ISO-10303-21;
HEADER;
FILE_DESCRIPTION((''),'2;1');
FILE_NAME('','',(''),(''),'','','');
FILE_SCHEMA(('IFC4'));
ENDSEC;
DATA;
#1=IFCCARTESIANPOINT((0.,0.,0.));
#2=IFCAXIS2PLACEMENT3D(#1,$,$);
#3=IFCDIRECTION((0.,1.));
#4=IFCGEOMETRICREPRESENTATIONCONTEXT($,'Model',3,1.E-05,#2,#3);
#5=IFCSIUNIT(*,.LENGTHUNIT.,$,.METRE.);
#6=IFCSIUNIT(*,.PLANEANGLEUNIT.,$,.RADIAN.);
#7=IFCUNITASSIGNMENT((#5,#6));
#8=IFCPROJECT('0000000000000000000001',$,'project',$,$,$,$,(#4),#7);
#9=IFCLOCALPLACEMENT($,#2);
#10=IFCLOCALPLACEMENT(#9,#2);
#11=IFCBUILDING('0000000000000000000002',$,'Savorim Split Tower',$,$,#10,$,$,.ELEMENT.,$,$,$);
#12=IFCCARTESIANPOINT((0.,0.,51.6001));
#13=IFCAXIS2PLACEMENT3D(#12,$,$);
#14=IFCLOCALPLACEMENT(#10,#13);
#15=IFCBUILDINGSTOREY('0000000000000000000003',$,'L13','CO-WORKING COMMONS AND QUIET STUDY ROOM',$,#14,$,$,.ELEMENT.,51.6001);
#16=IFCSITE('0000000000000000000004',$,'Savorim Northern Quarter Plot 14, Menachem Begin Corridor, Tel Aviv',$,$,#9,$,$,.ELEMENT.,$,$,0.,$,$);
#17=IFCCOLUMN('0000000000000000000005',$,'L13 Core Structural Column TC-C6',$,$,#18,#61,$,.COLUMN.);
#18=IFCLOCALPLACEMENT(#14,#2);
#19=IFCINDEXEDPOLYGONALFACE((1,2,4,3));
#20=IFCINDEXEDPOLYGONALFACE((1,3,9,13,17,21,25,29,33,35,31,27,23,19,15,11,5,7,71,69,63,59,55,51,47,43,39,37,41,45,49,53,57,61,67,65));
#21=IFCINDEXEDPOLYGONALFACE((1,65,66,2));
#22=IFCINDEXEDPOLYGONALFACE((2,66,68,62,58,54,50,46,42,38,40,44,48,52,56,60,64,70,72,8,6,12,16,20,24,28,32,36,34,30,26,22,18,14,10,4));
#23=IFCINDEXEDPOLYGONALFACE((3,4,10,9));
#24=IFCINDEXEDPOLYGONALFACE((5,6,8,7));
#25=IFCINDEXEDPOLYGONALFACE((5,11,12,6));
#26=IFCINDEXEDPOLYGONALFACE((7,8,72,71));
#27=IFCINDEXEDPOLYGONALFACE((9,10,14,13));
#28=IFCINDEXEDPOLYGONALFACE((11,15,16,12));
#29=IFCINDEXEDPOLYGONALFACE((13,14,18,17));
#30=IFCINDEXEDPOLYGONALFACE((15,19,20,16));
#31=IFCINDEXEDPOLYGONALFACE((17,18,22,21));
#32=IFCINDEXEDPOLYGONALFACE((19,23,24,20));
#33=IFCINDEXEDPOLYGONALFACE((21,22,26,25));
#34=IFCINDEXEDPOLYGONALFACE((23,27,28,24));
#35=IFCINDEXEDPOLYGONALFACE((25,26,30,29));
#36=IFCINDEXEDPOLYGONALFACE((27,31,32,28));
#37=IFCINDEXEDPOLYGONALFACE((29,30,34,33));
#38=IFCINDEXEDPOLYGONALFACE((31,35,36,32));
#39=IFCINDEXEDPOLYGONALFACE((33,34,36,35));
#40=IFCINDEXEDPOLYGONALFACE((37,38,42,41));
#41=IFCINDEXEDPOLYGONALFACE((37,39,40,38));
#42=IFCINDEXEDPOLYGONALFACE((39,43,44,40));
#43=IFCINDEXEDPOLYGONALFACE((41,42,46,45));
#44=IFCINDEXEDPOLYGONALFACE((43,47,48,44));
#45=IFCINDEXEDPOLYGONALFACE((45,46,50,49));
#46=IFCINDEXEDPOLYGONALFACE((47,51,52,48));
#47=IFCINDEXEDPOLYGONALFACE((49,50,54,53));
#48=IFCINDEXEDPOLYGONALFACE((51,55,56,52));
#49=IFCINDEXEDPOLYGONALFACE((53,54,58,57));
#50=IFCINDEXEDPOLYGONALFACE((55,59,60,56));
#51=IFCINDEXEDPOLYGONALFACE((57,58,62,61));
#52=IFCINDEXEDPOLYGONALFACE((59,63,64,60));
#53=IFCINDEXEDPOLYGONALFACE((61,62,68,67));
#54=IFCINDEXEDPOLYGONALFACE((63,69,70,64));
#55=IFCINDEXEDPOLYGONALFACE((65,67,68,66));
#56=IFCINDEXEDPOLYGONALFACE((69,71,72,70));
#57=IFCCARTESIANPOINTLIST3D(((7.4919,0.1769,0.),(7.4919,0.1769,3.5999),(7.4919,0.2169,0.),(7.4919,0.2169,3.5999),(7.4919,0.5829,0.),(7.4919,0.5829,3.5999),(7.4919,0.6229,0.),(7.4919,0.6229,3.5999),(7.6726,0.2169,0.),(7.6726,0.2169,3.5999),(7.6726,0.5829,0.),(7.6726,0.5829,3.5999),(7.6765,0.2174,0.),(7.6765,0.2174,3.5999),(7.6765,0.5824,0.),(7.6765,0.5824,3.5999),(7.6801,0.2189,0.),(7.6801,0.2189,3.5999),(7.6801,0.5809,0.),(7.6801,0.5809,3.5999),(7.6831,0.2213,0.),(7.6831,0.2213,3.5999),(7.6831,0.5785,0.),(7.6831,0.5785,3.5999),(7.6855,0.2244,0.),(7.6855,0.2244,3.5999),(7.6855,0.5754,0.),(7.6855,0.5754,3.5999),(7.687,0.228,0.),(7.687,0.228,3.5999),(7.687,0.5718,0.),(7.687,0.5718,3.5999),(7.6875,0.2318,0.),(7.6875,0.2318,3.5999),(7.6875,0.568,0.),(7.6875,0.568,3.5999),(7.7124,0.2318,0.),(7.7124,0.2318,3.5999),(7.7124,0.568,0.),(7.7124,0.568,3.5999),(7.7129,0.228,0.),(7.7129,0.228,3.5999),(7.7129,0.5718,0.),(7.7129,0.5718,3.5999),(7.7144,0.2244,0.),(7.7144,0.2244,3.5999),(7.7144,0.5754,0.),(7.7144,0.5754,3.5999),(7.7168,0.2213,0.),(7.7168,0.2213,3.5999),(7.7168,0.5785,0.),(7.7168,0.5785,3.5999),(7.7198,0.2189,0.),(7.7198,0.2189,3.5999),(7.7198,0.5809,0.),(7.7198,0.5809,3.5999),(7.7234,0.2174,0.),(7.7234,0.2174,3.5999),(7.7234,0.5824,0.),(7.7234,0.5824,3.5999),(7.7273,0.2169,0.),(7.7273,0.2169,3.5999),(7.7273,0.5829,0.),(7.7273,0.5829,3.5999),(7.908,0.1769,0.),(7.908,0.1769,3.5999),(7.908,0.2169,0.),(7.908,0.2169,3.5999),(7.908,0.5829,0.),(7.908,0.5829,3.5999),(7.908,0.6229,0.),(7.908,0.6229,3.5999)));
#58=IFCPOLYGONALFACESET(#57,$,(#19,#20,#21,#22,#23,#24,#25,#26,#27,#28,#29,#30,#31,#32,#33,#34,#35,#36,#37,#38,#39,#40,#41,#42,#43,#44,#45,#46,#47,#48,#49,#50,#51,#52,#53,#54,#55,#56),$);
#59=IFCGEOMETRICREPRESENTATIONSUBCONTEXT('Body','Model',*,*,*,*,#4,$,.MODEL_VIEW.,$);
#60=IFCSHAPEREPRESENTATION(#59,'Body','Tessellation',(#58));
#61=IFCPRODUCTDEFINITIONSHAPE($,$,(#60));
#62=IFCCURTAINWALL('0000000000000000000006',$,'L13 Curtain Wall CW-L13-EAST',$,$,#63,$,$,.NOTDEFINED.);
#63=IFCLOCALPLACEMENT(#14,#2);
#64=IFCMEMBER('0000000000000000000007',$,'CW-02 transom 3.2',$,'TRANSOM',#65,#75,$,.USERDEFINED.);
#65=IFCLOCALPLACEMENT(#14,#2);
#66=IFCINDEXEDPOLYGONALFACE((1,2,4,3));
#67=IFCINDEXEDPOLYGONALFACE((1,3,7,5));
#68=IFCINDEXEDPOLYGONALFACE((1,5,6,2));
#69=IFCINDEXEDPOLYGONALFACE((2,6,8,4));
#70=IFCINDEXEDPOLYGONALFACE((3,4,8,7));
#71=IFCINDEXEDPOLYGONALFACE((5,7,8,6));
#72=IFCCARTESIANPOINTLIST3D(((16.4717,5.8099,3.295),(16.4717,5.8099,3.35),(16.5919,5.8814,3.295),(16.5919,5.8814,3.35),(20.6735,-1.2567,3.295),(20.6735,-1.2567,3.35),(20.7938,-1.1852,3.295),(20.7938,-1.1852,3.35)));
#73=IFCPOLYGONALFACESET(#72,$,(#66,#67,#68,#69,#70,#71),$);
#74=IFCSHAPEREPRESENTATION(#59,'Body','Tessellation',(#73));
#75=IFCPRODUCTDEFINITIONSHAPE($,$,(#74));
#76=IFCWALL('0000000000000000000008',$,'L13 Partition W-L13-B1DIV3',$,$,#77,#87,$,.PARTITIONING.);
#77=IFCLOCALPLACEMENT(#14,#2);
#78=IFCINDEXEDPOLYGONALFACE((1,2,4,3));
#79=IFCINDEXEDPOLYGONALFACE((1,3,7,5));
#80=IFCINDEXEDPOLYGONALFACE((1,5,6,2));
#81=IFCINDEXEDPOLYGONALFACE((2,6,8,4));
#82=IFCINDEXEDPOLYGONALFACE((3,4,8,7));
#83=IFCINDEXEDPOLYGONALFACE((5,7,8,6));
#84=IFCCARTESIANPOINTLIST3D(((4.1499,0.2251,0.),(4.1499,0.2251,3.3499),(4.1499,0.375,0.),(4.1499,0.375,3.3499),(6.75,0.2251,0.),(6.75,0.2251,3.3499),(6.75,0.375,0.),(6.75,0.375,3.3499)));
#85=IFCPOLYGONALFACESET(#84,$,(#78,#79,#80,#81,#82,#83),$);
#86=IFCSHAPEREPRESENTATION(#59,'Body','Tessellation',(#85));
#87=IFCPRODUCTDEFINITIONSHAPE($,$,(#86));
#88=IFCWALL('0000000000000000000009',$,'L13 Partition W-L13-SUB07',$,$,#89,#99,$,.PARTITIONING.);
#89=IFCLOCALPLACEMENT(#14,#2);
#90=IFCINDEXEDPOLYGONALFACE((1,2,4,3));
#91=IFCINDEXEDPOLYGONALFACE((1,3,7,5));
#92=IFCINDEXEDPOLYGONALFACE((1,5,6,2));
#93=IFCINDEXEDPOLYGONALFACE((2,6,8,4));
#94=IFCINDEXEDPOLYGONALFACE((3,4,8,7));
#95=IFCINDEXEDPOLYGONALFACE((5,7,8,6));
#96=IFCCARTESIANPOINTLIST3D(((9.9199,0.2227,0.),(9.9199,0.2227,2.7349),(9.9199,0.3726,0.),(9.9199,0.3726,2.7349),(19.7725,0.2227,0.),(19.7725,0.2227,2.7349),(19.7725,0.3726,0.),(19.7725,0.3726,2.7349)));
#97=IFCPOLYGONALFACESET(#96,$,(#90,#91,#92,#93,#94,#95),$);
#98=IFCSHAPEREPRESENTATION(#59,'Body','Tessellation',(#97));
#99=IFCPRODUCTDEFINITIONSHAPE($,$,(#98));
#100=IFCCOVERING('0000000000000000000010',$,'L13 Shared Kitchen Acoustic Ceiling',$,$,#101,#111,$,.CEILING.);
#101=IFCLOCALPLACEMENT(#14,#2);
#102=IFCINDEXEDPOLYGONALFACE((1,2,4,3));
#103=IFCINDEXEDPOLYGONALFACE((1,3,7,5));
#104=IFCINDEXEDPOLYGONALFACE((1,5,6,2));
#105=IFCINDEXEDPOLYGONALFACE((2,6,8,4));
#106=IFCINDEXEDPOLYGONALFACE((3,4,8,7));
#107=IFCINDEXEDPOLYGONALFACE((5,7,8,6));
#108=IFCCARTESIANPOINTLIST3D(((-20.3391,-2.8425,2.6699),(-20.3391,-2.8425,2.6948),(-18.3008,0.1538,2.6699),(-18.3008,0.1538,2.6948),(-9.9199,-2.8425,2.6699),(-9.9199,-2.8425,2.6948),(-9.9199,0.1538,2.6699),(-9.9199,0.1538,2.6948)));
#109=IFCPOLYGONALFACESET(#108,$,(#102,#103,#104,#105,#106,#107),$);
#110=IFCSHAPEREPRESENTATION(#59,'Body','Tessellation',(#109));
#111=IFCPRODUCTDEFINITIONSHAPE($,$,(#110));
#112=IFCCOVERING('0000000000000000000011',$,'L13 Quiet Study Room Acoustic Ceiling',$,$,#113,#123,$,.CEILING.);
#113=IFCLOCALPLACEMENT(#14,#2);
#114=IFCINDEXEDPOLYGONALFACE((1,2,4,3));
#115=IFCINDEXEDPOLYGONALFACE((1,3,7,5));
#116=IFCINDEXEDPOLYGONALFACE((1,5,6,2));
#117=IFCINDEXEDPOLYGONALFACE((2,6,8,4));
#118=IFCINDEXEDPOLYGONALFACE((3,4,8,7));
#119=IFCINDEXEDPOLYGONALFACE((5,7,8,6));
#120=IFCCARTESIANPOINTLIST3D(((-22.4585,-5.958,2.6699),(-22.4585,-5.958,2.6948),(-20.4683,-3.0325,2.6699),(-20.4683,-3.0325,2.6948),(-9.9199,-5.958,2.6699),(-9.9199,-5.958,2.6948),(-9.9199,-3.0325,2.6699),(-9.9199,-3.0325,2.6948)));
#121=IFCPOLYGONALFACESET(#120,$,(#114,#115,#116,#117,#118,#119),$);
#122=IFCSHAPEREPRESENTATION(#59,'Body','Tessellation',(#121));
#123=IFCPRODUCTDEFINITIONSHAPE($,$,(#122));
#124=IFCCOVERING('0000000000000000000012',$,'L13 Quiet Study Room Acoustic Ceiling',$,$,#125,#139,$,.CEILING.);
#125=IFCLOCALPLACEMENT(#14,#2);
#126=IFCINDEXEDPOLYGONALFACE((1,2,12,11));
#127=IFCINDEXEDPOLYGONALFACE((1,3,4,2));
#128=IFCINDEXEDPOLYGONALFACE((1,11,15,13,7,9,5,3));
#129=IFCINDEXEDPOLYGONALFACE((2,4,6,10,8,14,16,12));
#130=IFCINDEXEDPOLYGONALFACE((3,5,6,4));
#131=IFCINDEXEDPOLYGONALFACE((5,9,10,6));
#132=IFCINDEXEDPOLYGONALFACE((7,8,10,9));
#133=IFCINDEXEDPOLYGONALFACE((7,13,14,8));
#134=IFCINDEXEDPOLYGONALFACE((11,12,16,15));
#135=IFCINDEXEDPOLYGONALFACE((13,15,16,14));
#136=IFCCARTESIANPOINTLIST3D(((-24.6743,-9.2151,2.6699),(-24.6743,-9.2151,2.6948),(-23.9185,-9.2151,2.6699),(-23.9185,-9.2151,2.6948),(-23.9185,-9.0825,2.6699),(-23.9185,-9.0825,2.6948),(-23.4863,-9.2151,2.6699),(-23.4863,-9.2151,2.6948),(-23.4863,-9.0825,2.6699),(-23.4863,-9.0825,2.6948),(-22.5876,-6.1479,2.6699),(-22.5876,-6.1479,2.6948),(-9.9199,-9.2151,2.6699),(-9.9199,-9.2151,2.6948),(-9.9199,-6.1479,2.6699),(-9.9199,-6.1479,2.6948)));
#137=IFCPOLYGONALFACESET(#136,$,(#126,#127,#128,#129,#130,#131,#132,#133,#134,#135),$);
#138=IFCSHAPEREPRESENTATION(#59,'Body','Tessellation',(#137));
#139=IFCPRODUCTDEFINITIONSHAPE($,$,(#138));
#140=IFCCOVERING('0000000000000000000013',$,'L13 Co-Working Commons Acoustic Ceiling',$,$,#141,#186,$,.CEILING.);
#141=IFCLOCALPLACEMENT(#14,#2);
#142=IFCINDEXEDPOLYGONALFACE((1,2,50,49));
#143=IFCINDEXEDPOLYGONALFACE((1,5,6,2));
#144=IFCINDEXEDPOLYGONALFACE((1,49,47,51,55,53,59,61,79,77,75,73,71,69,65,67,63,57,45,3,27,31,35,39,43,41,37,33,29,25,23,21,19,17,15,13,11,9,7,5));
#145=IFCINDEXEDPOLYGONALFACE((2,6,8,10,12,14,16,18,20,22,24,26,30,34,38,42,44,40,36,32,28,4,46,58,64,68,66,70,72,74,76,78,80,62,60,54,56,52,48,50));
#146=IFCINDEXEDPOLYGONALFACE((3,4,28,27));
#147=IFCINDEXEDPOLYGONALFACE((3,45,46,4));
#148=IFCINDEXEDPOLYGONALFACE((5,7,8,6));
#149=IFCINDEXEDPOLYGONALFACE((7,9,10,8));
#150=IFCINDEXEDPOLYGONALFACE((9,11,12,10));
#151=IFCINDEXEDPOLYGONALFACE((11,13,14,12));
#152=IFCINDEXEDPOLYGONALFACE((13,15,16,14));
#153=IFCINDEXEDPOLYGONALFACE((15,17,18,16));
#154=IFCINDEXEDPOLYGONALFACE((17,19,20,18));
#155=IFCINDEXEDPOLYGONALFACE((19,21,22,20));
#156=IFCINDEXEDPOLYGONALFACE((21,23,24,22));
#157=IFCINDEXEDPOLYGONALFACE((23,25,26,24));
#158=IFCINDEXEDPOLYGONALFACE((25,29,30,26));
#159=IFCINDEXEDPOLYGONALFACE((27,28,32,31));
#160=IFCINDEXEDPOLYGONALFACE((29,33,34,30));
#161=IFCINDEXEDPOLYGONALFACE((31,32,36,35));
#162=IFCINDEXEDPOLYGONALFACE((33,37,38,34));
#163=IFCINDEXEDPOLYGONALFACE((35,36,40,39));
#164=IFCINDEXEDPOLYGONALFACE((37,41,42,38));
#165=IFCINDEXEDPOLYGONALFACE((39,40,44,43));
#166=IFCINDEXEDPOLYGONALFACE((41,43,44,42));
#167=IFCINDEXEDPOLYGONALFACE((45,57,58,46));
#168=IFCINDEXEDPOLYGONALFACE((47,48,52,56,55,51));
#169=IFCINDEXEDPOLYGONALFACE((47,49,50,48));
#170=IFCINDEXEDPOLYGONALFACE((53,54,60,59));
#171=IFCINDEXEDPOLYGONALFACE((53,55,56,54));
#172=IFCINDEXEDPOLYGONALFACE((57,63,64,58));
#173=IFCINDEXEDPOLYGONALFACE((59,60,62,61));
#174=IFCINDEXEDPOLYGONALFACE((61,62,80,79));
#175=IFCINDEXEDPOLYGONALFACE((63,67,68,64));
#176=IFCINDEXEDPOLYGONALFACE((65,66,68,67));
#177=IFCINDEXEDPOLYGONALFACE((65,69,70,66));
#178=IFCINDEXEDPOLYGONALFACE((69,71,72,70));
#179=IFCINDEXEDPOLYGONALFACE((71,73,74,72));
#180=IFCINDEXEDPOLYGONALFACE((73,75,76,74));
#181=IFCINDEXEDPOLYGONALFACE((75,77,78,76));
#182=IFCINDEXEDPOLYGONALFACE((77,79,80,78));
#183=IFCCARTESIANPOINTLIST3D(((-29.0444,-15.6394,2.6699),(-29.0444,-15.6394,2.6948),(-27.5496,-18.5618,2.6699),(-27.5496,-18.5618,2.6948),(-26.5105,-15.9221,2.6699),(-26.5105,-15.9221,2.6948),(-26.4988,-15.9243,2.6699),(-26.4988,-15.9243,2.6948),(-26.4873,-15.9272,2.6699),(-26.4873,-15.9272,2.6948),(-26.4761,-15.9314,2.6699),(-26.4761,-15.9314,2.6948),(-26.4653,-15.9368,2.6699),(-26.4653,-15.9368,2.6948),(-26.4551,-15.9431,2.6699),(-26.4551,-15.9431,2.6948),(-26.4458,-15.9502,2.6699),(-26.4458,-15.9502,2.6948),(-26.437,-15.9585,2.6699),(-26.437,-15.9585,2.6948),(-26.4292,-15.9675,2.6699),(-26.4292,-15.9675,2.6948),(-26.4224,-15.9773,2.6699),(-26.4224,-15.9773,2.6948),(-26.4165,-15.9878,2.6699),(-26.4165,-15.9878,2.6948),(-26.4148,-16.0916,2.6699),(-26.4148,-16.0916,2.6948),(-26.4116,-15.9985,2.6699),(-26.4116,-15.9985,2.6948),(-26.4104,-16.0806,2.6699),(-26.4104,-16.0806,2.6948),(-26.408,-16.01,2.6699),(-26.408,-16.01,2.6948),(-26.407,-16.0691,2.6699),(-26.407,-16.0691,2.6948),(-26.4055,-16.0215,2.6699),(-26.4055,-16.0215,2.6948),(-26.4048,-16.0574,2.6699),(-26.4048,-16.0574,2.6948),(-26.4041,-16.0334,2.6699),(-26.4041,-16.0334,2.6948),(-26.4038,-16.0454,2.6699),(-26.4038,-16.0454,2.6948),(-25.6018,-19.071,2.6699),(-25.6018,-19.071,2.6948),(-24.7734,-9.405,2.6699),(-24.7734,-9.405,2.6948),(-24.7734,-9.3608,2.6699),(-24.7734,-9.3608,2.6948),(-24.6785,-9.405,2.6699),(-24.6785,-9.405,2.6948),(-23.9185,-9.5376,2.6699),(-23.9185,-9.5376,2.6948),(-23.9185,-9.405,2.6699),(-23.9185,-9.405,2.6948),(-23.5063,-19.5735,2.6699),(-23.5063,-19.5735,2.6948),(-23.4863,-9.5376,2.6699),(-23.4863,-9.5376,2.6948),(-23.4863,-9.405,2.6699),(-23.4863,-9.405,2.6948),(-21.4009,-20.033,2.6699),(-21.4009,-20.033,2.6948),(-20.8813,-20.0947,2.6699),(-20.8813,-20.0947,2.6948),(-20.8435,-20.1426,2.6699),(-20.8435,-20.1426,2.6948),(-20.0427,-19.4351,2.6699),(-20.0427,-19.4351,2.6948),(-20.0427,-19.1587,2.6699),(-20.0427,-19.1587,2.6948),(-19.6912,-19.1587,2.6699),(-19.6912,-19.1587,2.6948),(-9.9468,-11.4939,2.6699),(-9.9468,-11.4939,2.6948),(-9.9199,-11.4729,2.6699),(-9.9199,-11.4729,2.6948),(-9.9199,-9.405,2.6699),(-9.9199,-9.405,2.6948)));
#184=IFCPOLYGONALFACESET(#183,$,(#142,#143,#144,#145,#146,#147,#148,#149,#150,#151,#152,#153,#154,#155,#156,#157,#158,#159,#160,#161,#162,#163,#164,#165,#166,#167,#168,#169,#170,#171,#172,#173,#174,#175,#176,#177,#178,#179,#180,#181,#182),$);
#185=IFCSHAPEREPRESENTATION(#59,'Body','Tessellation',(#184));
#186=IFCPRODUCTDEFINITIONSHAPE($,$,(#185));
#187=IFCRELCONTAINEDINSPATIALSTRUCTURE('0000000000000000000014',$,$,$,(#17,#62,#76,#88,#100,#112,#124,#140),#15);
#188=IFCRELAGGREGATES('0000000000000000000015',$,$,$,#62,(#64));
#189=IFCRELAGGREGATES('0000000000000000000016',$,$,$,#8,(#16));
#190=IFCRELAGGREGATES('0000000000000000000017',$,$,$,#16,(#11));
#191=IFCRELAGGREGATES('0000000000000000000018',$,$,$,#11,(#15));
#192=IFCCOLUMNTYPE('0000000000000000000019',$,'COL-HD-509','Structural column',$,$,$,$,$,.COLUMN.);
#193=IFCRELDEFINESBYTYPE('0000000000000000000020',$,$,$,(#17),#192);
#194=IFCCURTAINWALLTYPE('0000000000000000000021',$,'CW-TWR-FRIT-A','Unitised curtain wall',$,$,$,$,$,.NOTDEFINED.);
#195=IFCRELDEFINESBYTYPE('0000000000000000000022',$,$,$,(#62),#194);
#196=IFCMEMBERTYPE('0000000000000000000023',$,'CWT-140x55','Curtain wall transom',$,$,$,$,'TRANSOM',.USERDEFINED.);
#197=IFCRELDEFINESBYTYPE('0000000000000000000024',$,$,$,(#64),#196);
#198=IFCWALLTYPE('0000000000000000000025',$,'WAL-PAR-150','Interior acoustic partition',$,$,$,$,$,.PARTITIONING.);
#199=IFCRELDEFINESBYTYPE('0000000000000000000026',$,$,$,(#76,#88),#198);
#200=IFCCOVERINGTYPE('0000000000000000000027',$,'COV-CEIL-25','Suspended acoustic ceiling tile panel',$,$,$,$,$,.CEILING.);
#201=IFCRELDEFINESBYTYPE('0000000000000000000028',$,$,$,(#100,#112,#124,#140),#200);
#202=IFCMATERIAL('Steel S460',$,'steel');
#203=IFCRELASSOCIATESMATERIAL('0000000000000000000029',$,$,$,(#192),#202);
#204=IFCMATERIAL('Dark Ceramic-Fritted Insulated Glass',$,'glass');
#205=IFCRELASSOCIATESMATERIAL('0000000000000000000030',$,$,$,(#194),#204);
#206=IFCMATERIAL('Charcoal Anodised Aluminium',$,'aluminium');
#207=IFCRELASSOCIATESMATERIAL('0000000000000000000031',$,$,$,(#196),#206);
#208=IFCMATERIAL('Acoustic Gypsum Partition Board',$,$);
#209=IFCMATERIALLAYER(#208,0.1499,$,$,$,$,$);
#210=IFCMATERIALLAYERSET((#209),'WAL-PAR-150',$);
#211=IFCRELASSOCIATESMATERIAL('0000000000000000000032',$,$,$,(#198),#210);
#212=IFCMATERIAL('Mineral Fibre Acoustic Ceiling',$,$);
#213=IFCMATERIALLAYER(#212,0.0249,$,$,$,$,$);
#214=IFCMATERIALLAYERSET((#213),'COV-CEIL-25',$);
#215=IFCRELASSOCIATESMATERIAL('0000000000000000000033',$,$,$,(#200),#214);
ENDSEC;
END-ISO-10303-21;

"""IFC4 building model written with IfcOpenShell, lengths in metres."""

from ifc_helpers import new_model, si_unit, direction, frame, frame_2d, origin, origin_2d, place, context, subcontext, project, spatial, polyline, rectangle, i_section, outline, extrude, material, layer, layer_set, material_profile, profile_set, type_object, element, aggregate, save


model = new_model("IFC4")

# Units and contexts
model_context = context("Model", 3, precision=1e-05, world=origin(), true_north=direction((0.0, 1.0)))
body_context = subcontext(model_context, "Body", "Model", "MODEL_VIEW")
ifc_project = project(units=[si_unit("LENGTHUNIT", "METRE"), si_unit("PLANEANGLEUNIT", "RADIAN")], contexts=[model_context])

# Site, building, storey
site_placement = place(None, origin())
site = spatial("IfcSite", under=ifc_project, at=site_placement, Name="Savorim Northern Quarter Plot 14, Menachem Begin Corridor, Tel Aviv", CompositionType="ELEMENT", RefElevation=0.0)
building_placement = place(site_placement, origin())
building = spatial("IfcBuilding", under=site, at=building_placement, Name="Savorim Split Tower", CompositionType="ELEMENT")
storey_placement = place(building_placement, frame((0.0, 0.0, 51.6001)))
storey = spatial("IfcBuildingStorey", under=building, at=storey_placement, Name="L13", Description="CO-WORKING COMMONS AND QUIET STUDY ROOM", CompositionType="ELEMENT", Elevation=51.6001)

# Column
ifc_material_1 = material(Name="Steel S460", Category="steel")
ifc_material_profile_1 = material_profile(ifc_material_1, i_section(OverallWidth=0.416, OverallDepth=0.446, WebThickness=0.0249, FlangeThickness=0.04, FilletRadius=0.0149, at=origin_2d()), Name="HD 400x509")
ifc_profile_set_1 = profile_set([ifc_material_profile_1], Name="Steel S460")
column_type = type_object("IfcColumnType", Name="COL-HD-509", Description="Structural column", PredefinedType="COLUMN", material=ifc_profile_set_1)
column_placement = place(storey_placement, frame((7.7, 0.3999, 0.0), z_axis=(0.0, 0.0, 1.0), x_axis=(1.0, 0.0, 0.0)))
element("IfcColumn", 1, at=column_placement, inside=storey, type_object=column_type, Name="L13 Core Structural Column TC-C6", PredefinedType="COLUMN", context=body_context, shape_type="SweptSolid", body=[
    extrude(i_section(OverallWidth=0.416, OverallDepth=0.446, WebThickness=0.0249, FlangeThickness=0.04, FilletRadius=0.0149, at=origin_2d()), origin(), (0.0, 0.0, 1.0), 3.5999),
])

# Curtain wall, member
ifc_material_2 = material(Name="Dark Ceramic-Fritted Insulated Glass", Category="glass")
curtain_wall_type = type_object("IfcCurtainWallType", Name="CW-TWR-FRIT-A", Description="Unitised curtain wall", PredefinedType="NOTDEFINED", material=ifc_material_2)
curtain_wall_placement = place(storey_placement, origin())
curtain_wall = element("IfcCurtainWall", 2, at=curtain_wall_placement, inside=storey, type_object=curtain_wall_type, Name="L13 Curtain Wall CW-L13-EAST", PredefinedType="NOTDEFINED")
ifc_material_3 = material(Name="Charcoal Anodised Aluminium", Category="aluminium")
ifc_material_profile_2 = material_profile(ifc_material_3, rectangle(XDim=0.1399, YDim=0.0549, at=origin_2d()), Name="ALU-T 140x55")
ifc_profile_set_2 = profile_set([ifc_material_profile_2], Name="Charcoal Anodised Aluminium")
member_type = type_object("IfcMemberType", Name="CWT-140x55", Description="Curtain wall transom", ElementType="TRANSOM", PredefinedType="USERDEFINED", material=ifc_profile_set_2)
member_placement = place(storey_placement, frame((20.7336, -1.2209, 3.3225), z_axis=(-0.511085, 0.85953, 0.0), x_axis=(-0.85953, -0.511085, 0.0)))
member = element("IfcMember", 3, at=member_placement, type_object=member_type, Name="CW-02 transom 3.2", ObjectType="TRANSOM", PredefinedType="USERDEFINED", context=body_context, shape_type="SweptSolid", body=[
    extrude(rectangle(XDim=0.1399, YDim=0.0549, at=origin_2d()), origin(), (0.0, 0.0, 1.0), 8.2214),
])
aggregate(curtain_wall, [member])

# Walls
ifc_material_4 = material(Name="Acoustic Gypsum Partition Board")
ifc_layer_1 = layer(ifc_material_4, 0.1499)
ifc_layer_set_1 = layer_set([ifc_layer_1], Name="WAL-PAR-150")
wall_type = type_object("IfcWallType", Name="WAL-PAR-150", Description="Interior acoustic partition", PredefinedType="PARTITIONING", material=ifc_layer_set_1)
wall_1_placement = place(storey_placement, frame((4.1499, 0.3, 0.0), z_axis=(0.0, 0.0, 1.0), x_axis=(1.0, 0.0, 0.0)))
element("IfcWall", 4, at=wall_1_placement, inside=storey, type_object=wall_type, Name="L13 Partition W-L13-B1DIV3", PredefinedType="PARTITIONING", context=body_context, shape_type="SweptSolid", body=[
    extrude(rectangle(XDim=2.6001, YDim=0.1499, at=frame_2d((1.3, 0.0))), origin(), (0.0, 0.0, 1.0), 3.3499),
])
wall_2_placement = place(storey_placement, frame((9.9199, 0.2976, 0.0), z_axis=(0.0, 0.0, 1.0), x_axis=(1.0, 0.0, 0.0)))
element("IfcWall", 5, at=wall_2_placement, inside=storey, type_object=wall_type, Name="L13 Partition W-L13-SUB07", PredefinedType="PARTITIONING", context=body_context, shape_type="SweptSolid", body=[
    extrude(rectangle(XDim=9.8525, YDim=0.1499, at=frame_2d((4.9263, 0.0))), origin(), (0.0, 0.0, 1.0), 2.7349),
])

# Coverings
ifc_material_5 = material(Name="Mineral Fibre Acoustic Ceiling")
ifc_layer_2 = layer(ifc_material_5, 0.0249)
ifc_layer_set_2 = layer_set([ifc_layer_2], Name="COV-CEIL-25")
covering_type_1 = type_object("IfcCoveringType", Name="COV-CEIL-25", Description="Suspended acoustic ceiling tile panel", PredefinedType="CEILING", material=ifc_layer_set_2)
covering_1_placement = place(storey_placement, frame((0.0, 0.0, 2.6699)))
element("IfcCovering", 6, at=covering_1_placement, inside=storey, type_object=covering_type_1, Name="L13 Shared Kitchen Acoustic Ceiling", PredefinedType="CEILING", context=body_context, shape_type="SweptSolid", body=[
    extrude(outline(polyline([(-18.3008, 0.1538), (-20.3391, -2.8425), (-9.9199, -2.8425), (-9.9199, 0.1538), (-18.3008, 0.1538)])), origin(), (0.0, 0.0, 1.0), 0.0249),
])
covering_2_placement = place(storey_placement, frame((0.0, 0.0, 2.6699)))
element("IfcCovering", 7, at=covering_2_placement, inside=storey, type_object=covering_type_1, Name="L13 Quiet Study Room Acoustic Ceiling", PredefinedType="CEILING", context=body_context, shape_type="SweptSolid", body=[
    extrude(outline(polyline([(-20.4683, -3.0325), (-22.4585, -5.958), (-9.9199, -5.958), (-9.9199, -3.0325), (-20.4683, -3.0325)])), origin(), (0.0, 0.0, 1.0), 0.0249),
])
covering_3_placement = place(storey_placement, frame((0.0, 0.0, 2.6699)))
element("IfcCovering", 8, at=covering_3_placement, inside=storey, type_object=covering_type_1, Name="L13 Quiet Study Room Acoustic Ceiling", PredefinedType="CEILING", context=body_context, shape_type="SweptSolid", body=[
    extrude(outline(polyline([(-23.4863, -9.0825), (-23.4863, -9.2151), (-9.9199, -9.2151), (-9.9199, -6.1479), (-22.5876, -6.1479), (-24.6743, -9.2151), (-23.9185, -9.2151), (-23.9185, -9.0825), (-23.4863, -9.0825)])), origin(), (0.0, 0.0, 1.0), 0.0249),
])
covering_4_placement = place(storey_placement, frame((0.0, 0.0, 2.6699)))
element("IfcCovering", 9, at=covering_4_placement, inside=storey, type_object=covering_type_1, Name="L13 Co-Working Commons Acoustic Ceiling", PredefinedType="CEILING", context=body_context, shape_type="SweptSolid", body=[
    extrude(outline(polyline([(-26.4041, -16.0334), (-26.4038, -16.0454), (-26.4048, -16.0574), (-26.407, -16.0691), (-26.4104, -16.0806), (-26.4148, -16.0916), (-27.5496, -18.5618), (-25.6018, -19.071), (-23.5063, -19.5735), (-21.4009, -20.033), (-20.8435, -20.1426), (-20.8813, -20.0947), (-20.0427, -19.4351), (-20.0427, -19.1587), (-19.6912, -19.1587), (-9.9468, -11.4939), (-9.9199, -11.4729), (-9.9199, -9.405), (-23.4863, -9.405), (-23.4863, -9.5376), (-23.9185, -9.5376), (-23.9185, -9.405), (-24.6785, -9.405), (-24.7734, -9.405), (-24.7734, -9.3608), (-29.0444, -15.6394), (-26.5105, -15.9221), (-26.4988, -15.9243), (-26.4873, -15.9272), (-26.4761, -15.9314), (-26.4653, -15.9368), (-26.4551, -15.9431), (-26.4458, -15.9502), (-26.437, -15.9585), (-26.4292, -15.9675), (-26.4224, -15.9773), (-26.4165, -15.9878), (-26.4116, -15.9985), (-26.408, -16.01), (-26.4055, -16.0215), (-26.4041, -16.0334)])), origin(), (0.0, 0.0, 1.0), 0.0249),
])

save(model, "model.ifc")
